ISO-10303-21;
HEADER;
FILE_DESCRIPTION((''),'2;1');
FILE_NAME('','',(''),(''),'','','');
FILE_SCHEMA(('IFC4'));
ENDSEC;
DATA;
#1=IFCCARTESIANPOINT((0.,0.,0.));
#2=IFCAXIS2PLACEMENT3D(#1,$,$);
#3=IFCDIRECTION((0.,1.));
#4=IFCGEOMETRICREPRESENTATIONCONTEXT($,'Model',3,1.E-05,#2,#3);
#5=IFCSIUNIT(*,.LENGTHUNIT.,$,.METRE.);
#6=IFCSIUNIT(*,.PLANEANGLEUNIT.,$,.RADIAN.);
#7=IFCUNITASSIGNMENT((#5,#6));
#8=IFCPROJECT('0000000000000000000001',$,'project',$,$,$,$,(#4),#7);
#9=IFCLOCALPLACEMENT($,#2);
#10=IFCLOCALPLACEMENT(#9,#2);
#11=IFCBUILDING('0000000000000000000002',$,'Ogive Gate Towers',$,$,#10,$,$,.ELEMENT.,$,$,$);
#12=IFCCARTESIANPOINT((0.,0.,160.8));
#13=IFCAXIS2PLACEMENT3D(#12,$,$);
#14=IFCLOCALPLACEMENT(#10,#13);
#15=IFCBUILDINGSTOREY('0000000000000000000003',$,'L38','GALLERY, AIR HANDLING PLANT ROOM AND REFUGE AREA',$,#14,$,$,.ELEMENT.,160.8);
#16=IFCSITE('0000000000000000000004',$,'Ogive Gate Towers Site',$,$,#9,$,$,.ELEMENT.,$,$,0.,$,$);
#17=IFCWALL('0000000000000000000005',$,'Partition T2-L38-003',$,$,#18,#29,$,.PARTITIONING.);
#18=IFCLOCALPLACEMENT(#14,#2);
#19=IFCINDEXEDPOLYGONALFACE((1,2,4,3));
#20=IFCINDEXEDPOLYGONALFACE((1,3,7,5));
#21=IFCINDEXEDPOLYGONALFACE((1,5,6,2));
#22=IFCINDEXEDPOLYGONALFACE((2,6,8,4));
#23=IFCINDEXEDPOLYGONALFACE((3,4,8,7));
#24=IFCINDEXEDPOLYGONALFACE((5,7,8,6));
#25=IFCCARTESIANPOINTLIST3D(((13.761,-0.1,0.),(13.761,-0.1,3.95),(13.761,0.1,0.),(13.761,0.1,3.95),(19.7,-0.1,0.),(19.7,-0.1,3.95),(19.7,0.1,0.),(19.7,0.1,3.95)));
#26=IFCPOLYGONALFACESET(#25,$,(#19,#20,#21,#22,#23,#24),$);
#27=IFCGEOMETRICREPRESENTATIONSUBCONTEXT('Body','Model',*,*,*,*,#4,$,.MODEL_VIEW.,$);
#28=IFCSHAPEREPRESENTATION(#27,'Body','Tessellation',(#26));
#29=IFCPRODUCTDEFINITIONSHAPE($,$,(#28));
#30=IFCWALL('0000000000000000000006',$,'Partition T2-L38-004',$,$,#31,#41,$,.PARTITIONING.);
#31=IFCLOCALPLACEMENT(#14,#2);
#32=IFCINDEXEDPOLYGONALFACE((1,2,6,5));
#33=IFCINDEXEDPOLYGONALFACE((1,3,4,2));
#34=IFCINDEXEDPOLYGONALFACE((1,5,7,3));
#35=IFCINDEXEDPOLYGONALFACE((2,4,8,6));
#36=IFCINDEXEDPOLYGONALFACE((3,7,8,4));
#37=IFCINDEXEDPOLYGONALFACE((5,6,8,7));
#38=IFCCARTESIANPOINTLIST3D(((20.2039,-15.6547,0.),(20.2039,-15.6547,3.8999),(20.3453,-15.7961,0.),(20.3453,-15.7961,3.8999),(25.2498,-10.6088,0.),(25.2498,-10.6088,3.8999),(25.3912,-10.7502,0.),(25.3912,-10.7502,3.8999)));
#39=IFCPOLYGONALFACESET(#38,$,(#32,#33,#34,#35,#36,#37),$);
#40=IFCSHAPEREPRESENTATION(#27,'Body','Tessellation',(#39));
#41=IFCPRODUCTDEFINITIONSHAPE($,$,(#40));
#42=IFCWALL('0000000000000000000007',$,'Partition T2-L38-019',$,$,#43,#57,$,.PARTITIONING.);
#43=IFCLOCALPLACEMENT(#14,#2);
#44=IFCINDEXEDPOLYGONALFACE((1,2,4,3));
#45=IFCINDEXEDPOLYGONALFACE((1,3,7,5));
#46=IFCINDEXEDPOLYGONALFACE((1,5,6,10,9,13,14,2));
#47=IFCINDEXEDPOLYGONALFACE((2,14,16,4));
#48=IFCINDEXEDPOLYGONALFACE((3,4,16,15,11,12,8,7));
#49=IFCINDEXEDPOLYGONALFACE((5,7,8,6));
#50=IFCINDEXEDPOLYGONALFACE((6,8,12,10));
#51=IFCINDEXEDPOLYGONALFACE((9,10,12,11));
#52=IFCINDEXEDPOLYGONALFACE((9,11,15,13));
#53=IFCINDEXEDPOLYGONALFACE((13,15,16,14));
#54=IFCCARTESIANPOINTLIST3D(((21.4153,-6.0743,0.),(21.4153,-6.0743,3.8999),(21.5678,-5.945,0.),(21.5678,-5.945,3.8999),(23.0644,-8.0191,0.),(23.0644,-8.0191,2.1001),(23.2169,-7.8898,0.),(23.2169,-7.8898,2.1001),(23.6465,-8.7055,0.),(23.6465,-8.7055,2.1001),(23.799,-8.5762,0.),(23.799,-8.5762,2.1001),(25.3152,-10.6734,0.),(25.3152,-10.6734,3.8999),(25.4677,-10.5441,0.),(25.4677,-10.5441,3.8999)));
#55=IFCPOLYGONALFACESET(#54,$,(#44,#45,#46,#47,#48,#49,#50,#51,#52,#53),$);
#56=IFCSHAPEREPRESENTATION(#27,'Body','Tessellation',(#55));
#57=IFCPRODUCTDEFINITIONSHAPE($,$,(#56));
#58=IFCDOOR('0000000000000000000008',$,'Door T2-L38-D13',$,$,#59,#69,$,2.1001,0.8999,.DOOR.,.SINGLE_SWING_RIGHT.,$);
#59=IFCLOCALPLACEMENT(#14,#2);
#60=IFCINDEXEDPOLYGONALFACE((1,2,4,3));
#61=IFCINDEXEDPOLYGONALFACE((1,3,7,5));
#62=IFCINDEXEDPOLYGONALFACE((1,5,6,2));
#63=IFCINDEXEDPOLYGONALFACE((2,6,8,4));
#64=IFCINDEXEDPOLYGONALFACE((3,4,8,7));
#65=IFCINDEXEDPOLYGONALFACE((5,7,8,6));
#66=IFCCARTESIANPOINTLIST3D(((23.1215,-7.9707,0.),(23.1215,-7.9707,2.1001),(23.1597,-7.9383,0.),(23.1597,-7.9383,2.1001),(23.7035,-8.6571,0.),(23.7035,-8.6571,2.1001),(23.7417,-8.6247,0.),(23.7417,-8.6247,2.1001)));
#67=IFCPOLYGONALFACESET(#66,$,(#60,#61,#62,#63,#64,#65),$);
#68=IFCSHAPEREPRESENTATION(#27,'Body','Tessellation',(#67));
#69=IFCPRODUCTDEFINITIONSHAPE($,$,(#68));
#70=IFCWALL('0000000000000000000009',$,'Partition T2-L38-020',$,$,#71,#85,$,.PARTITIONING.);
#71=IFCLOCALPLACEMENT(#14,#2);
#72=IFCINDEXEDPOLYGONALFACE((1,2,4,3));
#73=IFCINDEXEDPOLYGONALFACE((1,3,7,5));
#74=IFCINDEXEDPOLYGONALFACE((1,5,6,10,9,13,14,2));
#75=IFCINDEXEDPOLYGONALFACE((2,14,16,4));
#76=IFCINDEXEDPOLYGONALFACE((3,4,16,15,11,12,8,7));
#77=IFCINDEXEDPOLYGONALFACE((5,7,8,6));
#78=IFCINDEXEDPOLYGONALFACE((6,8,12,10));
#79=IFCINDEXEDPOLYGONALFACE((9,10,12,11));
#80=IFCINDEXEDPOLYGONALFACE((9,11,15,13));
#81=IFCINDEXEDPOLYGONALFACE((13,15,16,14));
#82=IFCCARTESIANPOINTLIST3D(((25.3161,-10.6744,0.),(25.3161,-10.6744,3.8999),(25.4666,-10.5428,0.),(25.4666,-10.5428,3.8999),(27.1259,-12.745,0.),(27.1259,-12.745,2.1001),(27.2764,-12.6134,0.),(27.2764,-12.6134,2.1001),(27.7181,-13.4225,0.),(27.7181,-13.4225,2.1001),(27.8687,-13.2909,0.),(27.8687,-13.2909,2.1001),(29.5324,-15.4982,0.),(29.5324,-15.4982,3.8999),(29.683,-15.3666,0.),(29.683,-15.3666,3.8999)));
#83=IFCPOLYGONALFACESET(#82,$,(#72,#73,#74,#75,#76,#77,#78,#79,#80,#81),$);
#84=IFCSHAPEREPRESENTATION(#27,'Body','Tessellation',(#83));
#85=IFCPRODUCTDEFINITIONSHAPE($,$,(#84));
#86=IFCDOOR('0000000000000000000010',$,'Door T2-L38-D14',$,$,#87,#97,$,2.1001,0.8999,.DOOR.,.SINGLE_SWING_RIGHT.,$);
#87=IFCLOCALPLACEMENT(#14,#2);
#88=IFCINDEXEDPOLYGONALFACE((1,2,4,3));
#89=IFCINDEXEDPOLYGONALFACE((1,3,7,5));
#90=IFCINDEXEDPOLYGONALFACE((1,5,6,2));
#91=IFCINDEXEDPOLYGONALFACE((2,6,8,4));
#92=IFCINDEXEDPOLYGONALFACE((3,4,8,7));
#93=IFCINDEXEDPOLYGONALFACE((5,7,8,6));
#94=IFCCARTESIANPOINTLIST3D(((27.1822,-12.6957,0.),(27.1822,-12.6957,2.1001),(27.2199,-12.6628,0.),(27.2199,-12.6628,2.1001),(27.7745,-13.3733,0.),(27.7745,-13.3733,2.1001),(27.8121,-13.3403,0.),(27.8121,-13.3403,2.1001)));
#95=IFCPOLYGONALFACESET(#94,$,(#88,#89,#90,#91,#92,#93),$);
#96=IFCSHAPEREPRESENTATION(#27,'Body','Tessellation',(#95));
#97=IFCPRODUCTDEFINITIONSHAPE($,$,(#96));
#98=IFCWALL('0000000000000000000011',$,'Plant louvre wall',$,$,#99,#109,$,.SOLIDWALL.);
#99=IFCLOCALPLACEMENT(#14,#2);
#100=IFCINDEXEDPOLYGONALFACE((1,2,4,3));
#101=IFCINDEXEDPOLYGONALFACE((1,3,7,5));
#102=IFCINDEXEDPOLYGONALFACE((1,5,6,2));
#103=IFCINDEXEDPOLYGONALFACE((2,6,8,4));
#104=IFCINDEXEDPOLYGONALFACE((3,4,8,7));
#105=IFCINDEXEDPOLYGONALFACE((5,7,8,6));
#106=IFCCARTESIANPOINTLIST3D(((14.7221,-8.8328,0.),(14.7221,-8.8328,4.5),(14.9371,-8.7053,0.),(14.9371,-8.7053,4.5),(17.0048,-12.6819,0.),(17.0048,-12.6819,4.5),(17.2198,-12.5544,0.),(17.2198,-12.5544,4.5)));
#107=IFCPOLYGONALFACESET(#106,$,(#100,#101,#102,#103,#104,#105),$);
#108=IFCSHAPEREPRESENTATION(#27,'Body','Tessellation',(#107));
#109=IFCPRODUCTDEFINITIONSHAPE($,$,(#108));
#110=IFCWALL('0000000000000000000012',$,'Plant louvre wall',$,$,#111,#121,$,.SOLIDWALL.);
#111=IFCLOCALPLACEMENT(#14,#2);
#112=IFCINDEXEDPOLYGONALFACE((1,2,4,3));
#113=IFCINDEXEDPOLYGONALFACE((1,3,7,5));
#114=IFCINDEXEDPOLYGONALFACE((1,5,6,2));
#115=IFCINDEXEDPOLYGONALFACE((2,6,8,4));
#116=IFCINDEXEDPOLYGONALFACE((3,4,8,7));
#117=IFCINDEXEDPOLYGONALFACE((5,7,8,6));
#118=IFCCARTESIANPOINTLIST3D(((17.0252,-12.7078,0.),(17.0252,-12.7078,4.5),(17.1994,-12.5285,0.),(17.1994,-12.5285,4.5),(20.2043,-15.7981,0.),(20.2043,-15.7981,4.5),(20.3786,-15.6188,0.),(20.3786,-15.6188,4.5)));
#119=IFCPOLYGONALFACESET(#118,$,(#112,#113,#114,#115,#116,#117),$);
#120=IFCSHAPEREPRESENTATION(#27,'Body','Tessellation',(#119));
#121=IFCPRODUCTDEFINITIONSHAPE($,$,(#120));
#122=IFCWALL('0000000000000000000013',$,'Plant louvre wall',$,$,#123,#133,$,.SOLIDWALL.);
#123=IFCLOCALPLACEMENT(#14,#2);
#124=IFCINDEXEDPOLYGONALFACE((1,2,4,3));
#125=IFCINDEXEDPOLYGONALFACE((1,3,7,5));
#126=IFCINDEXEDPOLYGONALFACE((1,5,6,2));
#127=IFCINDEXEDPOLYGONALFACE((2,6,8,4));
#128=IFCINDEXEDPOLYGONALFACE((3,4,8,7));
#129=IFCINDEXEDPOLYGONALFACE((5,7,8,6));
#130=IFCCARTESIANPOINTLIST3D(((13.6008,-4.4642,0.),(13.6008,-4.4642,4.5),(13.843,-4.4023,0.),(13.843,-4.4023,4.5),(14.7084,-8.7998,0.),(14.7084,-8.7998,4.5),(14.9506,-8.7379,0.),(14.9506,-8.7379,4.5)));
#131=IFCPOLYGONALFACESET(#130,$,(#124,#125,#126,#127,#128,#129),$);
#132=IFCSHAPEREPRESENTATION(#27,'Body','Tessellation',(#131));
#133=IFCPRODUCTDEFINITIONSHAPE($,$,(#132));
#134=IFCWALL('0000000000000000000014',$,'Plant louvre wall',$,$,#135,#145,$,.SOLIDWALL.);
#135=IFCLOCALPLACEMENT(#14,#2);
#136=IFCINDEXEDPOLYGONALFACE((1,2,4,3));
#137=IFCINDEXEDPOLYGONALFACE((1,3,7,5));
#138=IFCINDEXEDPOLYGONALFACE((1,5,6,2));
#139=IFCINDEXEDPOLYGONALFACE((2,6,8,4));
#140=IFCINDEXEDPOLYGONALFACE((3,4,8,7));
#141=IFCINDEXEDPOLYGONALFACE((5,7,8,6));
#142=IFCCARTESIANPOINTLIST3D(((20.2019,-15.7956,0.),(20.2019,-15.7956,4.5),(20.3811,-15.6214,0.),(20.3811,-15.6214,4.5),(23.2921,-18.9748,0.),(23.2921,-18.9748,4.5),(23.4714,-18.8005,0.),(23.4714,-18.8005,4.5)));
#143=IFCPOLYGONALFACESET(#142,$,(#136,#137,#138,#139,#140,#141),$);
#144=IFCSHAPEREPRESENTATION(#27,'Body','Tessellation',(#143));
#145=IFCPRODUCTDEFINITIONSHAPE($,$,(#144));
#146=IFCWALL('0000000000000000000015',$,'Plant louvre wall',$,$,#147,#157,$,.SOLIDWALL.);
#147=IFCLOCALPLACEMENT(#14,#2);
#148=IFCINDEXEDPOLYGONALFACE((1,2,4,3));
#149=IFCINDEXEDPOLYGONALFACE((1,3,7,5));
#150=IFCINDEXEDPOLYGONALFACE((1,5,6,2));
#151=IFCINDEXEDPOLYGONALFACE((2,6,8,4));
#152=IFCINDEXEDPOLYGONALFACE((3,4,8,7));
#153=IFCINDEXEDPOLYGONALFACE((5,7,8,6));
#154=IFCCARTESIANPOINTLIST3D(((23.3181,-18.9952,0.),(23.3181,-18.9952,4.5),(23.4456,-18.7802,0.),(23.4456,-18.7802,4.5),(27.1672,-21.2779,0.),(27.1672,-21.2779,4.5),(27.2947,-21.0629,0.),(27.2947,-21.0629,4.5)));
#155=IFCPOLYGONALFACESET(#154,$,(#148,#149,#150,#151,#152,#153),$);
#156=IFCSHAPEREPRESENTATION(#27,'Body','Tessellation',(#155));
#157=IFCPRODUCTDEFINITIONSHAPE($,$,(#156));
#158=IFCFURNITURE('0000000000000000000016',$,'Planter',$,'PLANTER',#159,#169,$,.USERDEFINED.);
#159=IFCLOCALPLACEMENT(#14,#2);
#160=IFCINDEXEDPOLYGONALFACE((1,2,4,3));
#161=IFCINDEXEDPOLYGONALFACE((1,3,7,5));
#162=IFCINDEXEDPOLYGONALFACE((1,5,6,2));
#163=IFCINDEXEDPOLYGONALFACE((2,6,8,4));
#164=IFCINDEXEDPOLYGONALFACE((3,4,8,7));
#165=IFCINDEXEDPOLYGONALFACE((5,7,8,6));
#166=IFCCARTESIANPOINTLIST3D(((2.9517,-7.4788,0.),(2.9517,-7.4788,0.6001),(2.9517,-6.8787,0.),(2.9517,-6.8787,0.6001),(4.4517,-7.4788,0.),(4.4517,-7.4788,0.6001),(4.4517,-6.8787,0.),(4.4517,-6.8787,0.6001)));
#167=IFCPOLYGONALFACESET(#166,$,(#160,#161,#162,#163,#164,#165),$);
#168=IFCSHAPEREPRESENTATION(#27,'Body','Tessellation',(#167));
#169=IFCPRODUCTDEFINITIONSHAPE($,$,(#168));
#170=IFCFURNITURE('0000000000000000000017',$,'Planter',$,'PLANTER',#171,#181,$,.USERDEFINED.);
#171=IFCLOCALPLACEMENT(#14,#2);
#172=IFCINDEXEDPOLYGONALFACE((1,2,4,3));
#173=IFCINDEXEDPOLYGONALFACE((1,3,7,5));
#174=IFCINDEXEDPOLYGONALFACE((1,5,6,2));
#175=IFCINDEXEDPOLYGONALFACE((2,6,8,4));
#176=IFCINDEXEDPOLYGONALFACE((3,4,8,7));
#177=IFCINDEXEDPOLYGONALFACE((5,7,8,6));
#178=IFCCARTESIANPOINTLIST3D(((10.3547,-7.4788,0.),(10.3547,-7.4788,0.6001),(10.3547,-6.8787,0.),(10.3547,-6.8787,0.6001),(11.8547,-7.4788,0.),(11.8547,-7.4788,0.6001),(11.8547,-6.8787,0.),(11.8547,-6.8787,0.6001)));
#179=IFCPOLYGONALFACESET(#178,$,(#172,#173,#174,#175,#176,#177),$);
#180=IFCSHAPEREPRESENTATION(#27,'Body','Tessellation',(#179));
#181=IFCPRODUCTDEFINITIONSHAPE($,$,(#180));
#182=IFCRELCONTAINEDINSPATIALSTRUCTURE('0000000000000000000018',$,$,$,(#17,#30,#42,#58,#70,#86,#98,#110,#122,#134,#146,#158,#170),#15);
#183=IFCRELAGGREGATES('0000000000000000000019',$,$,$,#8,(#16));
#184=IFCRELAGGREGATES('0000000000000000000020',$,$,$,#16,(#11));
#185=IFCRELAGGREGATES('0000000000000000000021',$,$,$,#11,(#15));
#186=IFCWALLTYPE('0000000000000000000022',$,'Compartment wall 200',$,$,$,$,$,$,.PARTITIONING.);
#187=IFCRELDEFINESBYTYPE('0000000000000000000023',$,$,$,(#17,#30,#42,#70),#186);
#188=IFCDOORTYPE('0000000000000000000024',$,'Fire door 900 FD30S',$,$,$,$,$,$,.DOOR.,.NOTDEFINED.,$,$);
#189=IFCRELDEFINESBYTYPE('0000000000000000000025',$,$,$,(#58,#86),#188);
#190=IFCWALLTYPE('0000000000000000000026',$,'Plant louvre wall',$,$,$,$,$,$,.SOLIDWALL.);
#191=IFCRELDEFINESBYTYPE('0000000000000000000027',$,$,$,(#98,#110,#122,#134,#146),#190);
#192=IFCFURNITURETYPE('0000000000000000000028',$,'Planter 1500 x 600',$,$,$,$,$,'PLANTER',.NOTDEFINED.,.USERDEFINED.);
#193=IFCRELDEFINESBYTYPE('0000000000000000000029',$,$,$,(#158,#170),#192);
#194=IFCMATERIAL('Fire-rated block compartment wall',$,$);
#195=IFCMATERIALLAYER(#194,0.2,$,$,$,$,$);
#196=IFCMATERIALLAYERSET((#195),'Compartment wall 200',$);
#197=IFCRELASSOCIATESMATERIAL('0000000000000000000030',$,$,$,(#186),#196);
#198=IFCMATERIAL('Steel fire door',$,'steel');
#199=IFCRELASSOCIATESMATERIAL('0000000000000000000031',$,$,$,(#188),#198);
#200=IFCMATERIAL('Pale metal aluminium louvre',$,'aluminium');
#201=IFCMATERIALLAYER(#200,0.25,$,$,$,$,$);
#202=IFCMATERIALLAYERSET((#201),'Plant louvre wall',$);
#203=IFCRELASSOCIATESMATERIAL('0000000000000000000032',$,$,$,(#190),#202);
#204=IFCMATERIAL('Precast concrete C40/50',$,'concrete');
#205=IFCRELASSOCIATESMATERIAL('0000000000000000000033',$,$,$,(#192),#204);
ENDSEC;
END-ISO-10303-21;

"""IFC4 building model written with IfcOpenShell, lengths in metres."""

from ifc_helpers import new_model, si_unit, direction, frame, frame_2d, origin, origin_2d, place, context, subcontext, project, spatial, rectangle, extrude, material, layer, layer_set, type_object, element, fill, save


model = new_model("IFC4")

# Units and contexts
model_context = context("Model", 3, precision=1e-05, world=origin(), true_north=direction((0.0, 1.0)))
body_context = subcontext(model_context, "Body", "Model", "MODEL_VIEW")
ifc_project = project(units=[si_unit("LENGTHUNIT", "METRE"), si_unit("PLANEANGLEUNIT", "RADIAN")], contexts=[model_context])

# Site, building, storey
site_placement = place(None, origin())
site = spatial("IfcSite", under=ifc_project, at=site_placement, Name="Ogive Gate Towers Site", CompositionType="ELEMENT", RefElevation=0.0)
building_placement = place(site_placement, origin())
building = spatial("IfcBuilding", under=site, at=building_placement, Name="Ogive Gate Towers", CompositionType="ELEMENT")
storey_placement = place(building_placement, frame((0.0, 0.0, 160.8)))
storey = spatial("IfcBuildingStorey", under=building, at=storey_placement, Name="L38", Description="GALLERY, AIR HANDLING PLANT ROOM AND REFUGE AREA", CompositionType="ELEMENT", Elevation=160.8)

# Walls
ifc_material_1 = material(Name="Fire-rated block compartment wall")
ifc_layer_1 = layer(ifc_material_1, 0.2)
ifc_layer_set_1 = layer_set([ifc_layer_1], Name="Compartment wall 200")
wall_type_1 = type_object("IfcWallType", Name="Compartment wall 200", PredefinedType="PARTITIONING", material=ifc_layer_set_1)
wall_1_placement = place(storey_placement, frame((13.761, 0.0, 0.0), z_axis=(0.0, 0.0, 1.0), x_axis=(1.0, 0.0, 0.0)))
element("IfcWall", 1, at=wall_1_placement, inside=storey, type_object=wall_type_1, Name="Partition T2-L38-003", PredefinedType="PARTITIONING", context=body_context, shape_type="SweptSolid", body=[
    extrude(rectangle(XDim=5.939, YDim=0.2, at=frame_2d((2.9695, 0.0))), origin(), (0.0, 0.0, 1.0), 3.95),
])
wall_2_placement = place(storey_placement, frame((20.2747, -15.7253, 0.0), z_axis=(0.0, 0.0, 1.0), x_axis=(0.707107, 0.707107, 0.0)))
element("IfcWall", 2, at=wall_2_placement, inside=storey, type_object=wall_type_1, Name="Partition T2-L38-004", PredefinedType="PARTITIONING", context=body_context, shape_type="SweptSolid", body=[
    extrude(rectangle(XDim=7.136, YDim=0.2, at=frame_2d((3.5679, 0.0))), origin(), (0.0, 0.0, 1.0), 3.8999),
])

# Walls, openings, doors
wall_3_placement = place(storey_placement, frame((21.4915, -6.0095, 0.0), z_axis=(0.0, 0.0, 1.0), x_axis=(0.646748, -0.762704, 0.0)))
wall_3 = element("IfcWall", 3, at=wall_3_placement, inside=storey, type_object=wall_type_1, Name="Partition T2-L38-019", PredefinedType="PARTITIONING", context=body_context, shape_type="SweptSolid", body=[
    extrude(rectangle(XDim=6.03, YDim=0.2, at=frame_2d((3.0151, 0.0))), origin(), (0.0, 0.0, 1.0), 3.8999),
])
opening_1_placement = place(wall_3_placement, frame((2.55, 0.0, 0.0)))
opening_1 = element("IfcOpeningElement", 4, at=opening_1_placement, cuts=wall_3, PredefinedType="OPENING", context=body_context, shape_type="SweptSolid", body=[
    extrude(rectangle(XDim=0.8999, YDim=2.1001, at=frame_2d((0.45, 1.05))), frame((0.0, 0.1099, 0.0), z_axis=(0.0, -1.0, 0.0), x_axis=(1.0, 0.0, 0.0)), (0.0, 0.0, 1.0), 0.22),
])
ifc_material_2 = material(Name="Steel fire door", Category="steel")
door_type = type_object("IfcDoorType", Name="Fire door 900 FD30S", OperationType="NOTDEFINED", PredefinedType="DOOR", material=ifc_material_2)
door_1_placement = place(opening_1_placement, origin())
door_1 = element("IfcDoor", 5, at=door_1_placement, inside=storey, type_object=door_type, Name="Door T2-L38-D13", OperationType="SINGLE_SWING_RIGHT", OverallHeight=2.1001, OverallWidth=0.8999, PredefinedType="DOOR", context=body_context, shape_type="SweptSolid", body=[
    extrude(rectangle(XDim=0.8999, YDim=2.1001, at=frame_2d((0.45, 1.05))), frame((0.0, 0.0249, 0.0), z_axis=(0.0, -1.0, 0.0), x_axis=(1.0, 0.0, 0.0)), (0.0, 0.0, 1.0), 0.05),
])
fill(opening_1, door_1)
wall_4_placement = place(storey_placement, frame((25.3914, -10.6086, 0.0), z_axis=(0.0, 0.0, 1.0), x_axis=(0.658111, -0.752921, 0.0)))
wall_4 = element("IfcWall", 6, at=wall_4_placement, inside=storey, type_object=wall_type_1, Name="Partition T2-L38-020", PredefinedType="PARTITIONING", context=body_context, shape_type="SweptSolid", body=[
    extrude(rectangle(XDim=6.4067, YDim=0.2, at=frame_2d((3.2034, 0.0))), origin(), (0.0, 0.0, 1.0), 3.8999),
])
opening_2_placement = place(wall_4_placement, frame((2.75, 0.0, 0.0)))
opening_2 = element("IfcOpeningElement", 7, at=opening_2_placement, cuts=wall_4, PredefinedType="OPENING", context=body_context, shape_type="SweptSolid", body=[
    extrude(rectangle(XDim=0.8999, YDim=2.1001, at=frame_2d((0.45, 1.05))), frame((0.0, 0.1099, 0.0), z_axis=(0.0, -1.0, 0.0), x_axis=(1.0, 0.0, 0.0)), (0.0, 0.0, 1.0), 0.22),
])
door_2_placement = place(opening_2_placement, origin())
door_2 = element("IfcDoor", 8, at=door_2_placement, inside=storey, type_object=door_type, Name="Door T2-L38-D14", OperationType="SINGLE_SWING_RIGHT", OverallHeight=2.1001, OverallWidth=0.8999, PredefinedType="DOOR", context=body_context, shape_type="SweptSolid", body=[
    extrude(rectangle(XDim=0.8999, YDim=2.1001, at=frame_2d((0.45, 1.05))), frame((0.0, 0.0249, 0.0), z_axis=(0.0, -1.0, 0.0), x_axis=(1.0, 0.0, 0.0)), (0.0, 0.0, 1.0), 0.05),
])
fill(opening_2, door_2)

# Walls
ifc_material_3 = material(Name="Pale metal aluminium louvre", Category="aluminium")
ifc_layer_2 = layer(ifc_material_3, 0.25)
ifc_layer_set_2 = layer_set([ifc_layer_2], Name="Plant louvre wall")
wall_type_2 = type_object("IfcWallType", Name="Plant louvre wall", PredefinedType="SOLIDWALL", material=ifc_layer_set_2)
wall_5_placement = place(storey_placement, frame((14.8296, -8.769, 0.0), z_axis=(0.0, 0.0, 1.0), x_axis=(0.510092, -0.86012, 0.0)))
element("IfcWall", 9, at=wall_5_placement, inside=storey, type_object=wall_type_2, Name="Plant louvre wall", PredefinedType="SOLIDWALL", context=body_context, shape_type="SweptSolid", body=[
    extrude(rectangle(XDim=4.4751, YDim=0.25, at=frame_2d((2.2375, 0.0))), origin(), (0.0, 0.0, 1.0), 4.5),
])
wall_6_placement = place(storey_placement, frame((17.1123, -12.6182, 0.0), z_axis=(0.0, 0.0, 1.0), x_axis=(0.717058, -0.697014, 0.0)))
element("IfcWall", 10, at=wall_6_placement, inside=storey, type_object=wall_type_2, Name="Plant louvre wall", PredefinedType="SOLIDWALL", context=body_context, shape_type="SweptSolid", body=[
    extrude(rectangle(XDim=4.4336, YDim=0.25, at=frame_2d((2.2168, 0.0))), origin(), (0.0, 0.0, 1.0), 4.5),
])
wall_7_placement = place(storey_placement, frame((13.7219, -4.4333, 0.0), z_axis=(0.0, 0.0, 1.0), x_axis=(0.247526, -0.968881, 0.0)))
element("IfcWall", 11, at=wall_7_placement, inside=storey, type_object=wall_type_2, Name="Plant louvre wall", PredefinedType="SOLIDWALL", context=body_context, shape_type="SweptSolid", body=[
    extrude(rectangle(XDim=4.4749, YDim=0.25, at=frame_2d((2.2373, 0.0))), origin(), (0.0, 0.0, 1.0), 4.5),
])
wall_8_placement = place(storey_placement, frame((20.2915, -15.7085, 0.0), z_axis=(0.0, 0.0, 1.0), x_axis=(0.697014, -0.717058, 0.0)))
element("IfcWall", 12, at=wall_8_placement, inside=storey, type_object=wall_type_2, Name="Plant louvre wall", PredefinedType="SOLIDWALL", context=body_context, shape_type="SweptSolid", body=[
    extrude(rectangle(XDim=4.4336, YDim=0.25, at=frame_2d((2.2168, 0.0))), origin(), (0.0, 0.0, 1.0), 4.5),
])
wall_9_placement = place(storey_placement, frame((23.3818, -18.8877, 0.0), z_axis=(0.0, 0.0, 1.0), x_axis=(0.86012, -0.510092, 0.0)))
element("IfcWall", 13, at=wall_9_placement, inside=storey, type_object=wall_type_2, Name="Plant louvre wall", PredefinedType="SOLIDWALL", context=body_context, shape_type="SweptSolid", body=[
    extrude(rectangle(XDim=4.4751, YDim=0.25, at=frame_2d((2.2375, 0.0))), origin(), (0.0, 0.0, 1.0), 4.5),
])

# Furniture
ifc_material_4 = material(Name="Precast concrete C40/50", Category="concrete")
furniture_type = type_object("IfcFurnitureType", Name="Planter 1500 x 600", ElementType="PLANTER", AssemblyPlace="NOTDEFINED", PredefinedType="USERDEFINED", material=ifc_material_4)
for number, where, z_axis, x_axis, name in (
    (14, (3.7017, -7.1787, 0.0), (0.0, 0.0, 1.0), (1.0, 0.0, 0.0), "Planter"),
    (15, (11.1047, -7.1787, 0.0), (0.0, 0.0, 1.0), (1.0, 0.0, 0.0), "Planter"),
):
    element("IfcFurniture", number, at=place(storey_placement, frame(where, z_axis=z_axis, x_axis=x_axis)), inside=storey, type_object=furniture_type, Name=name, ObjectType="PLANTER", PredefinedType="USERDEFINED", context=body_context, shape_type="SweptSolid", body=[
        extrude(rectangle(XDim=1.5, YDim=0.6001, at=origin_2d()), origin(), (0.0, 0.0, 1.0), 0.6001),
    ])

save(model, "model.ifc")
